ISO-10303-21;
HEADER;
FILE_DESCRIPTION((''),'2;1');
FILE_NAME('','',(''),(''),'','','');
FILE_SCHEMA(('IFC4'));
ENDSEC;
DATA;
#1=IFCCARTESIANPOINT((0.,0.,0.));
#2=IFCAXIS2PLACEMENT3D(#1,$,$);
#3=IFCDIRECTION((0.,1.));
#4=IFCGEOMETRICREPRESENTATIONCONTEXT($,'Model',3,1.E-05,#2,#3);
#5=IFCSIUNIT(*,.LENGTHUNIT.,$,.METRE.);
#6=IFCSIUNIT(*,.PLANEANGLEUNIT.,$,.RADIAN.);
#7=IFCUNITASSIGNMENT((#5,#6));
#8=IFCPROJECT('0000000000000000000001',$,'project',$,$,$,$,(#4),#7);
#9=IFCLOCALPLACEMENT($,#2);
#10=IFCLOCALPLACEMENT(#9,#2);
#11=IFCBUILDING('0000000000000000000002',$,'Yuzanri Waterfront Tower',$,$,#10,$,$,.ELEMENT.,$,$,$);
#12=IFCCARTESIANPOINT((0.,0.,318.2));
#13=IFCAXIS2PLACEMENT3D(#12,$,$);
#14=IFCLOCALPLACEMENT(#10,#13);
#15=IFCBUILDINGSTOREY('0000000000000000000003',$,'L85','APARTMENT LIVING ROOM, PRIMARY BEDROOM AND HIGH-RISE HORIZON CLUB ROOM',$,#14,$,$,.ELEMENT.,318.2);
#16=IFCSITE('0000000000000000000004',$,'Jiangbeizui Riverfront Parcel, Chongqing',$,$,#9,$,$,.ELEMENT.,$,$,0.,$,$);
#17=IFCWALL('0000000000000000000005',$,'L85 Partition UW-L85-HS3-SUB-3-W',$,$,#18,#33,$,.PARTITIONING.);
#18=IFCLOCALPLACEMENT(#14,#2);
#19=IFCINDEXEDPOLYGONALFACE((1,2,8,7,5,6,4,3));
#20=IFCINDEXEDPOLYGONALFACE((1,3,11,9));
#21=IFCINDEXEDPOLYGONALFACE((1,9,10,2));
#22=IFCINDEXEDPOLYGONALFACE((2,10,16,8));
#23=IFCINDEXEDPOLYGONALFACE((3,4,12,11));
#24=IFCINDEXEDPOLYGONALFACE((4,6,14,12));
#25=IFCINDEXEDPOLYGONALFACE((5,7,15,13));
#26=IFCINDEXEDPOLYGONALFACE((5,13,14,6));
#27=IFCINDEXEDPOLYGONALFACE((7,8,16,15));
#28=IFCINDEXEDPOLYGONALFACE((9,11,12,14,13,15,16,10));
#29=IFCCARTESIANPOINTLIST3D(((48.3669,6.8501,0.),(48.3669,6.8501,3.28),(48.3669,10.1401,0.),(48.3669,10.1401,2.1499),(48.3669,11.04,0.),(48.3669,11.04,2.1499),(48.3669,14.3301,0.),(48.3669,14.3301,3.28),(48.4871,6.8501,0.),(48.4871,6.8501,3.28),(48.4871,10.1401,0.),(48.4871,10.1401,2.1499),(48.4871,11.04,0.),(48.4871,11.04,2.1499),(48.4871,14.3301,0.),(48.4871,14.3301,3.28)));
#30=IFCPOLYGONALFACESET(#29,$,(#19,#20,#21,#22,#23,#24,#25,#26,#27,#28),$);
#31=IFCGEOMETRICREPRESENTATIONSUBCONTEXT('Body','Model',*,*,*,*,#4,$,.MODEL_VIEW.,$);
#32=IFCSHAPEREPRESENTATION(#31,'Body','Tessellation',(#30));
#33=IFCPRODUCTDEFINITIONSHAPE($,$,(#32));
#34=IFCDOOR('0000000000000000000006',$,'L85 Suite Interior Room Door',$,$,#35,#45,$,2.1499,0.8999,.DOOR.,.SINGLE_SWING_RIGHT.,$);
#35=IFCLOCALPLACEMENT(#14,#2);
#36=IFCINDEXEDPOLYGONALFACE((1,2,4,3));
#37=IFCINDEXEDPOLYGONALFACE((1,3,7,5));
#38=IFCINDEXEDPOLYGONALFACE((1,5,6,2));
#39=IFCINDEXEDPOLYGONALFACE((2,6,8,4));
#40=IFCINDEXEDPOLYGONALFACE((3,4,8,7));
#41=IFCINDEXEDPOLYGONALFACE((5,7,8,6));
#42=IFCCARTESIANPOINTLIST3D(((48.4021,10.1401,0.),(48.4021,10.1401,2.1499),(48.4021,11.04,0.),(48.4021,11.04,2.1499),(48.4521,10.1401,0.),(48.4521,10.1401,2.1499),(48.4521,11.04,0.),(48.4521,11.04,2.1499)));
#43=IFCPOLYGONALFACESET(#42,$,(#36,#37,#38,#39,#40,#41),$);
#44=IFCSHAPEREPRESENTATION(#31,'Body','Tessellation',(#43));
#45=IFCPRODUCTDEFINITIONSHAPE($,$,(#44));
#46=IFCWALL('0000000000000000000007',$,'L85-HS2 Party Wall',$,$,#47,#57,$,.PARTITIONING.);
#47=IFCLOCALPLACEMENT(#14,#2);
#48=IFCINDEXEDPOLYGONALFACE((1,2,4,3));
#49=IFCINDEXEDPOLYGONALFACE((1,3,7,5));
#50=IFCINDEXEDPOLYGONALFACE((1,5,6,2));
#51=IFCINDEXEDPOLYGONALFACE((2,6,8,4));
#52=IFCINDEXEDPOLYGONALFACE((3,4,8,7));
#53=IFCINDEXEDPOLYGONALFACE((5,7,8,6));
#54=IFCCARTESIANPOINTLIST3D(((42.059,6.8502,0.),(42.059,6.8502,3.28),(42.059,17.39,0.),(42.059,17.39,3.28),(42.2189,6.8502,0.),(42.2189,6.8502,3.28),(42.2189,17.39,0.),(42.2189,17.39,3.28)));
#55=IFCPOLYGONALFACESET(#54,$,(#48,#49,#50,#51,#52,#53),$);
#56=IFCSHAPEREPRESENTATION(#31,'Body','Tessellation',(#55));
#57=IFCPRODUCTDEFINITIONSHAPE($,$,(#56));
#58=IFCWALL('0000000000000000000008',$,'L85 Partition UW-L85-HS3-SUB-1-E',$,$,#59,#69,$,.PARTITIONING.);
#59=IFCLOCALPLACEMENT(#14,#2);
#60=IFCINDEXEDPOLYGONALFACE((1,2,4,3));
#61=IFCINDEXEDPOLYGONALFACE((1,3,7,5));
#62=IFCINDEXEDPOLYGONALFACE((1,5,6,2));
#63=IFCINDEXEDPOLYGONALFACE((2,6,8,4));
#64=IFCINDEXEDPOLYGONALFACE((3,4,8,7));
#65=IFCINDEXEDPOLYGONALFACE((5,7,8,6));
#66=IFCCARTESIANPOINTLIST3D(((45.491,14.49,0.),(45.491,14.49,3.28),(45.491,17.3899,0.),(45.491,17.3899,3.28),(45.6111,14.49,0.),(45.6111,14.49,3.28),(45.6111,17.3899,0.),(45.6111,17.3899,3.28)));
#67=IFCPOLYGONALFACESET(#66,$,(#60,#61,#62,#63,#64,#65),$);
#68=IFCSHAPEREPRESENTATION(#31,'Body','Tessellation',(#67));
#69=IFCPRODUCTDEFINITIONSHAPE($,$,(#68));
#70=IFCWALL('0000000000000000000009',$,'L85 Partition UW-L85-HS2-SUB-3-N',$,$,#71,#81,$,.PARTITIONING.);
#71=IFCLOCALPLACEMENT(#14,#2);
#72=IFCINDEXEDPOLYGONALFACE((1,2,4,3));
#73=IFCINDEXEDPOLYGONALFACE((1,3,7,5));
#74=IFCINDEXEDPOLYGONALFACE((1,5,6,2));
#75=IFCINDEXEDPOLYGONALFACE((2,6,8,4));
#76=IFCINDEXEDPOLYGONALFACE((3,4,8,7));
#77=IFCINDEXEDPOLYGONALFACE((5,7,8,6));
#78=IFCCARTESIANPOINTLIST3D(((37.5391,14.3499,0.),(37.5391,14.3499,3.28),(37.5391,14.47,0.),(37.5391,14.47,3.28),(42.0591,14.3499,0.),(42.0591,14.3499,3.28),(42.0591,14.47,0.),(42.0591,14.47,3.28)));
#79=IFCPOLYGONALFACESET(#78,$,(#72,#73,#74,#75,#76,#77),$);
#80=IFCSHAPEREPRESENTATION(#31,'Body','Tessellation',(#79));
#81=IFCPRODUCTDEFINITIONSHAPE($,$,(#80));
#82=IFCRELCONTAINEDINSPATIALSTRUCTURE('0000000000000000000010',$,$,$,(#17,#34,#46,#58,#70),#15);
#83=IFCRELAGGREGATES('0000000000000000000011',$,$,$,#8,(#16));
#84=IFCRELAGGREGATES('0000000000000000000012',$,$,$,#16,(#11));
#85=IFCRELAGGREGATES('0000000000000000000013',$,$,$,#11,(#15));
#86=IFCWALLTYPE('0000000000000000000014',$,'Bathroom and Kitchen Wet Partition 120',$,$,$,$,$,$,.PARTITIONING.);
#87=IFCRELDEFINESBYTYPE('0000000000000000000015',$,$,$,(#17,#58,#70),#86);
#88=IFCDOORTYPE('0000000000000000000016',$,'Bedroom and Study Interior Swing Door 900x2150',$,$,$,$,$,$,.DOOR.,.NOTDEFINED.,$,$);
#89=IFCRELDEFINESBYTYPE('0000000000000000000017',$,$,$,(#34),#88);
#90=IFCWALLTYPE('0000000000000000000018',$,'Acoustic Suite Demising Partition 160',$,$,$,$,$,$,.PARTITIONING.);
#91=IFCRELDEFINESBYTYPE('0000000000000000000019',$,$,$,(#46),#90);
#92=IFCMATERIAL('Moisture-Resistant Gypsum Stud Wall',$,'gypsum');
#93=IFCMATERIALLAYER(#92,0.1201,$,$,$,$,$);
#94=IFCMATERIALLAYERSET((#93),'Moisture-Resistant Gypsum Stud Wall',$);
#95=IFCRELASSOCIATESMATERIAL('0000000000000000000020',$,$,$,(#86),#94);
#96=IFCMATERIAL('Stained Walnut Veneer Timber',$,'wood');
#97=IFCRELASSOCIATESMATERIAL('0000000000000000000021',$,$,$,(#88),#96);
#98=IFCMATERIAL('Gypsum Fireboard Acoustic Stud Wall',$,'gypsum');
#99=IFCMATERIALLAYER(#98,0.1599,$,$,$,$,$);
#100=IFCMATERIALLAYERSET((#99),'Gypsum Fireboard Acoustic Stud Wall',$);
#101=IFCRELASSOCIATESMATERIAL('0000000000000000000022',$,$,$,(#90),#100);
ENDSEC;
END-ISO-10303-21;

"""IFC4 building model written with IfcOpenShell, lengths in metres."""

from ifc_helpers import new_model, si_unit, direction, frame, frame_2d, origin, place, context, subcontext, project, spatial, rectangle, extrude, source, transform, mapped, material, layer, layer_set, type_object, element, fill, save


model = new_model("IFC4")

# Units and contexts
model_context = context("Model", 3, precision=1e-05, world=origin(), true_north=direction((0.0, 1.0)))
body_context = subcontext(model_context, "Body", "Model", "MODEL_VIEW")
ifc_project = project(units=[si_unit("LENGTHUNIT", "METRE"), si_unit("PLANEANGLEUNIT", "RADIAN")], contexts=[model_context])

# Site, building, storey
site_placement = place(None, origin())
site = spatial("IfcSite", under=ifc_project, at=site_placement, Name="Jiangbeizui Riverfront Parcel, Chongqing", CompositionType="ELEMENT", RefElevation=0.0)
building_placement = place(site_placement, origin())
building = spatial("IfcBuilding", under=site, at=building_placement, Name="Yuzanri Waterfront Tower", CompositionType="ELEMENT")
storey_placement = place(building_placement, frame((0.0, 0.0, 318.2)))
storey = spatial("IfcBuildingStorey", under=building, at=storey_placement, Name="L85", Description="APARTMENT LIVING ROOM, PRIMARY BEDROOM AND HIGH-RISE HORIZON CLUB ROOM", CompositionType="ELEMENT", Elevation=318.2)

# Wall, opening, door
ifc_material_1 = material(Name="Moisture-Resistant Gypsum Stud Wall", Category="gypsum")
ifc_layer_1 = layer(ifc_material_1, 0.1201)
ifc_layer_set_1 = layer_set([ifc_layer_1], Name="Moisture-Resistant Gypsum Stud Wall")
wall_type_1 = type_object("IfcWallType", Name="Bathroom and Kitchen Wet Partition 120", PredefinedType="PARTITIONING", material=ifc_layer_set_1)
ifc_material_2 = material(Name="Stained Walnut Veneer Timber", Category="wood")
door_type_1 = type_object("IfcDoorType", Name="Bedroom and Study Interior Swing Door 900x2150", OperationType="NOTDEFINED", PredefinedType="DOOR", material=ifc_material_2)
shared_shape_1 = source(origin(), body_context, "Body", "SweptSolid", [
    extrude(rectangle(XDim=0.8999, YDim=2.1499, at=frame_2d((0.45, 1.075))), frame((0.0, 0.0249, 0.0), z_axis=(0.0, -1.0, 0.0), x_axis=(1.0, 0.0, 0.0)), (0.0, 0.0, 1.0), 0.05),
])
wall_1_placement = place(storey_placement, frame((48.427, 6.8501, 0.0), z_axis=(0.0, 0.0, 1.0), x_axis=(0.0, 1.0, 0.0)))
wall_1 = element("IfcWall", 1, at=wall_1_placement, inside=storey, type_object=wall_type_1, Name="L85 Partition UW-L85-HS3-SUB-3-W", PredefinedType="PARTITIONING", context=body_context, shape_type="SweptSolid", body=[
    extrude(rectangle(XDim=7.48, YDim=0.1201, at=frame_2d((3.74, 0.0))), origin(), (0.0, 0.0, 1.0), 3.28),
])
opening_1_placement = place(wall_1_placement, frame((3.29, 0.0, 0.0)))
opening_1 = element("IfcOpeningElement", 2, at=opening_1_placement, cuts=wall_1, PredefinedType="OPENING", context=body_context, shape_type="SweptSolid", body=[
    extrude(rectangle(XDim=0.8999, YDim=2.1499, at=frame_2d((0.45, 1.075))), frame((0.0, 0.075, 0.0), z_axis=(0.0, -1.0, 0.0), x_axis=(1.0, 0.0, 0.0)), (0.0, 0.0, 1.0), 0.1499),
])
door_1_placement = place(opening_1_placement, origin())
door_1 = element("IfcDoor", 3, at=door_1_placement, inside=storey, type_object=door_type_1, Name="L85 Suite Interior Room Door", OperationType="SINGLE_SWING_RIGHT", OverallHeight=2.1499, OverallWidth=0.8999, PredefinedType="DOOR", context=body_context, shape_type="MappedRepresentation", body=[
    mapped(shared_shape_1, transform((0.0, 0.0, 0.0), scale=1.0)),
])
fill(opening_1, door_1)

# Walls
ifc_material_3 = material(Name="Gypsum Fireboard Acoustic Stud Wall", Category="gypsum")
ifc_layer_2 = layer(ifc_material_3, 0.1599)
ifc_layer_set_2 = layer_set([ifc_layer_2], Name="Gypsum Fireboard Acoustic Stud Wall")
wall_type_2 = type_object("IfcWallType", Name="Acoustic Suite Demising Partition 160", PredefinedType="PARTITIONING", material=ifc_layer_set_2)
shared_shape_2 = source(origin(), body_context, "Body", "SweptSolid", [
    extrude(rectangle(XDim=10.5398, YDim=0.1599, at=frame_2d((5.27, 0.0))), origin(), (0.0, 0.0, 1.0), 3.28),
])
wall_2_placement = place(storey_placement, frame((42.1389, 6.8501, 0.0), z_axis=(0.0, 0.0, 1.0), x_axis=(0.0, 1.0, 0.0)))
element("IfcWall", 4, at=wall_2_placement, inside=storey, type_object=wall_type_2, Name="L85-HS2 Party Wall", PredefinedType="PARTITIONING", context=body_context, shape_type="MappedRepresentation", body=[
    mapped(shared_shape_2, transform((0.0, 0.0, 0.0), scale=1.0)),
])
shared_shape_3 = source(origin(), body_context, "Body", "SweptSolid", [
    extrude(rectangle(XDim=2.8999, YDim=0.1201, at=frame_2d((1.45, 0.0))), origin(), (0.0, 0.0, 1.0), 3.28),
])
wall_3_placement = place(storey_placement, frame((45.551, 14.49, 0.0), z_axis=(0.0, 0.0, 1.0), x_axis=(0.0, 1.0, 0.0)))
element("IfcWall", 5, at=wall_3_placement, inside=storey, type_object=wall_type_1, Name="L85 Partition UW-L85-HS3-SUB-1-E", PredefinedType="PARTITIONING", context=body_context, shape_type="MappedRepresentation", body=[
    mapped(shared_shape_3, transform((0.0, 0.0, 0.0), scale=1.0)),
])
shared_shape_4 = source(origin(), body_context, "Body", "SweptSolid", [
    extrude(rectangle(XDim=4.52, YDim=0.1201, at=frame_2d((2.26, 0.0))), origin(), (0.0, 0.0, 1.0), 3.28),
])
wall_4_placement = place(storey_placement, frame((37.5391, 14.4099, 0.0), z_axis=(0.0, 0.0, 1.0), x_axis=(1.0, 0.0, 0.0)))
element("IfcWall", 6, at=wall_4_placement, inside=storey, type_object=wall_type_1, Name="L85 Partition UW-L85-HS2-SUB-3-N", PredefinedType="PARTITIONING", context=body_context, shape_type="MappedRepresentation", body=[
    mapped(shared_shape_4, transform((0.0, 0.0, 0.0), scale=1.0)),
])

save(model, "model.ifc")
